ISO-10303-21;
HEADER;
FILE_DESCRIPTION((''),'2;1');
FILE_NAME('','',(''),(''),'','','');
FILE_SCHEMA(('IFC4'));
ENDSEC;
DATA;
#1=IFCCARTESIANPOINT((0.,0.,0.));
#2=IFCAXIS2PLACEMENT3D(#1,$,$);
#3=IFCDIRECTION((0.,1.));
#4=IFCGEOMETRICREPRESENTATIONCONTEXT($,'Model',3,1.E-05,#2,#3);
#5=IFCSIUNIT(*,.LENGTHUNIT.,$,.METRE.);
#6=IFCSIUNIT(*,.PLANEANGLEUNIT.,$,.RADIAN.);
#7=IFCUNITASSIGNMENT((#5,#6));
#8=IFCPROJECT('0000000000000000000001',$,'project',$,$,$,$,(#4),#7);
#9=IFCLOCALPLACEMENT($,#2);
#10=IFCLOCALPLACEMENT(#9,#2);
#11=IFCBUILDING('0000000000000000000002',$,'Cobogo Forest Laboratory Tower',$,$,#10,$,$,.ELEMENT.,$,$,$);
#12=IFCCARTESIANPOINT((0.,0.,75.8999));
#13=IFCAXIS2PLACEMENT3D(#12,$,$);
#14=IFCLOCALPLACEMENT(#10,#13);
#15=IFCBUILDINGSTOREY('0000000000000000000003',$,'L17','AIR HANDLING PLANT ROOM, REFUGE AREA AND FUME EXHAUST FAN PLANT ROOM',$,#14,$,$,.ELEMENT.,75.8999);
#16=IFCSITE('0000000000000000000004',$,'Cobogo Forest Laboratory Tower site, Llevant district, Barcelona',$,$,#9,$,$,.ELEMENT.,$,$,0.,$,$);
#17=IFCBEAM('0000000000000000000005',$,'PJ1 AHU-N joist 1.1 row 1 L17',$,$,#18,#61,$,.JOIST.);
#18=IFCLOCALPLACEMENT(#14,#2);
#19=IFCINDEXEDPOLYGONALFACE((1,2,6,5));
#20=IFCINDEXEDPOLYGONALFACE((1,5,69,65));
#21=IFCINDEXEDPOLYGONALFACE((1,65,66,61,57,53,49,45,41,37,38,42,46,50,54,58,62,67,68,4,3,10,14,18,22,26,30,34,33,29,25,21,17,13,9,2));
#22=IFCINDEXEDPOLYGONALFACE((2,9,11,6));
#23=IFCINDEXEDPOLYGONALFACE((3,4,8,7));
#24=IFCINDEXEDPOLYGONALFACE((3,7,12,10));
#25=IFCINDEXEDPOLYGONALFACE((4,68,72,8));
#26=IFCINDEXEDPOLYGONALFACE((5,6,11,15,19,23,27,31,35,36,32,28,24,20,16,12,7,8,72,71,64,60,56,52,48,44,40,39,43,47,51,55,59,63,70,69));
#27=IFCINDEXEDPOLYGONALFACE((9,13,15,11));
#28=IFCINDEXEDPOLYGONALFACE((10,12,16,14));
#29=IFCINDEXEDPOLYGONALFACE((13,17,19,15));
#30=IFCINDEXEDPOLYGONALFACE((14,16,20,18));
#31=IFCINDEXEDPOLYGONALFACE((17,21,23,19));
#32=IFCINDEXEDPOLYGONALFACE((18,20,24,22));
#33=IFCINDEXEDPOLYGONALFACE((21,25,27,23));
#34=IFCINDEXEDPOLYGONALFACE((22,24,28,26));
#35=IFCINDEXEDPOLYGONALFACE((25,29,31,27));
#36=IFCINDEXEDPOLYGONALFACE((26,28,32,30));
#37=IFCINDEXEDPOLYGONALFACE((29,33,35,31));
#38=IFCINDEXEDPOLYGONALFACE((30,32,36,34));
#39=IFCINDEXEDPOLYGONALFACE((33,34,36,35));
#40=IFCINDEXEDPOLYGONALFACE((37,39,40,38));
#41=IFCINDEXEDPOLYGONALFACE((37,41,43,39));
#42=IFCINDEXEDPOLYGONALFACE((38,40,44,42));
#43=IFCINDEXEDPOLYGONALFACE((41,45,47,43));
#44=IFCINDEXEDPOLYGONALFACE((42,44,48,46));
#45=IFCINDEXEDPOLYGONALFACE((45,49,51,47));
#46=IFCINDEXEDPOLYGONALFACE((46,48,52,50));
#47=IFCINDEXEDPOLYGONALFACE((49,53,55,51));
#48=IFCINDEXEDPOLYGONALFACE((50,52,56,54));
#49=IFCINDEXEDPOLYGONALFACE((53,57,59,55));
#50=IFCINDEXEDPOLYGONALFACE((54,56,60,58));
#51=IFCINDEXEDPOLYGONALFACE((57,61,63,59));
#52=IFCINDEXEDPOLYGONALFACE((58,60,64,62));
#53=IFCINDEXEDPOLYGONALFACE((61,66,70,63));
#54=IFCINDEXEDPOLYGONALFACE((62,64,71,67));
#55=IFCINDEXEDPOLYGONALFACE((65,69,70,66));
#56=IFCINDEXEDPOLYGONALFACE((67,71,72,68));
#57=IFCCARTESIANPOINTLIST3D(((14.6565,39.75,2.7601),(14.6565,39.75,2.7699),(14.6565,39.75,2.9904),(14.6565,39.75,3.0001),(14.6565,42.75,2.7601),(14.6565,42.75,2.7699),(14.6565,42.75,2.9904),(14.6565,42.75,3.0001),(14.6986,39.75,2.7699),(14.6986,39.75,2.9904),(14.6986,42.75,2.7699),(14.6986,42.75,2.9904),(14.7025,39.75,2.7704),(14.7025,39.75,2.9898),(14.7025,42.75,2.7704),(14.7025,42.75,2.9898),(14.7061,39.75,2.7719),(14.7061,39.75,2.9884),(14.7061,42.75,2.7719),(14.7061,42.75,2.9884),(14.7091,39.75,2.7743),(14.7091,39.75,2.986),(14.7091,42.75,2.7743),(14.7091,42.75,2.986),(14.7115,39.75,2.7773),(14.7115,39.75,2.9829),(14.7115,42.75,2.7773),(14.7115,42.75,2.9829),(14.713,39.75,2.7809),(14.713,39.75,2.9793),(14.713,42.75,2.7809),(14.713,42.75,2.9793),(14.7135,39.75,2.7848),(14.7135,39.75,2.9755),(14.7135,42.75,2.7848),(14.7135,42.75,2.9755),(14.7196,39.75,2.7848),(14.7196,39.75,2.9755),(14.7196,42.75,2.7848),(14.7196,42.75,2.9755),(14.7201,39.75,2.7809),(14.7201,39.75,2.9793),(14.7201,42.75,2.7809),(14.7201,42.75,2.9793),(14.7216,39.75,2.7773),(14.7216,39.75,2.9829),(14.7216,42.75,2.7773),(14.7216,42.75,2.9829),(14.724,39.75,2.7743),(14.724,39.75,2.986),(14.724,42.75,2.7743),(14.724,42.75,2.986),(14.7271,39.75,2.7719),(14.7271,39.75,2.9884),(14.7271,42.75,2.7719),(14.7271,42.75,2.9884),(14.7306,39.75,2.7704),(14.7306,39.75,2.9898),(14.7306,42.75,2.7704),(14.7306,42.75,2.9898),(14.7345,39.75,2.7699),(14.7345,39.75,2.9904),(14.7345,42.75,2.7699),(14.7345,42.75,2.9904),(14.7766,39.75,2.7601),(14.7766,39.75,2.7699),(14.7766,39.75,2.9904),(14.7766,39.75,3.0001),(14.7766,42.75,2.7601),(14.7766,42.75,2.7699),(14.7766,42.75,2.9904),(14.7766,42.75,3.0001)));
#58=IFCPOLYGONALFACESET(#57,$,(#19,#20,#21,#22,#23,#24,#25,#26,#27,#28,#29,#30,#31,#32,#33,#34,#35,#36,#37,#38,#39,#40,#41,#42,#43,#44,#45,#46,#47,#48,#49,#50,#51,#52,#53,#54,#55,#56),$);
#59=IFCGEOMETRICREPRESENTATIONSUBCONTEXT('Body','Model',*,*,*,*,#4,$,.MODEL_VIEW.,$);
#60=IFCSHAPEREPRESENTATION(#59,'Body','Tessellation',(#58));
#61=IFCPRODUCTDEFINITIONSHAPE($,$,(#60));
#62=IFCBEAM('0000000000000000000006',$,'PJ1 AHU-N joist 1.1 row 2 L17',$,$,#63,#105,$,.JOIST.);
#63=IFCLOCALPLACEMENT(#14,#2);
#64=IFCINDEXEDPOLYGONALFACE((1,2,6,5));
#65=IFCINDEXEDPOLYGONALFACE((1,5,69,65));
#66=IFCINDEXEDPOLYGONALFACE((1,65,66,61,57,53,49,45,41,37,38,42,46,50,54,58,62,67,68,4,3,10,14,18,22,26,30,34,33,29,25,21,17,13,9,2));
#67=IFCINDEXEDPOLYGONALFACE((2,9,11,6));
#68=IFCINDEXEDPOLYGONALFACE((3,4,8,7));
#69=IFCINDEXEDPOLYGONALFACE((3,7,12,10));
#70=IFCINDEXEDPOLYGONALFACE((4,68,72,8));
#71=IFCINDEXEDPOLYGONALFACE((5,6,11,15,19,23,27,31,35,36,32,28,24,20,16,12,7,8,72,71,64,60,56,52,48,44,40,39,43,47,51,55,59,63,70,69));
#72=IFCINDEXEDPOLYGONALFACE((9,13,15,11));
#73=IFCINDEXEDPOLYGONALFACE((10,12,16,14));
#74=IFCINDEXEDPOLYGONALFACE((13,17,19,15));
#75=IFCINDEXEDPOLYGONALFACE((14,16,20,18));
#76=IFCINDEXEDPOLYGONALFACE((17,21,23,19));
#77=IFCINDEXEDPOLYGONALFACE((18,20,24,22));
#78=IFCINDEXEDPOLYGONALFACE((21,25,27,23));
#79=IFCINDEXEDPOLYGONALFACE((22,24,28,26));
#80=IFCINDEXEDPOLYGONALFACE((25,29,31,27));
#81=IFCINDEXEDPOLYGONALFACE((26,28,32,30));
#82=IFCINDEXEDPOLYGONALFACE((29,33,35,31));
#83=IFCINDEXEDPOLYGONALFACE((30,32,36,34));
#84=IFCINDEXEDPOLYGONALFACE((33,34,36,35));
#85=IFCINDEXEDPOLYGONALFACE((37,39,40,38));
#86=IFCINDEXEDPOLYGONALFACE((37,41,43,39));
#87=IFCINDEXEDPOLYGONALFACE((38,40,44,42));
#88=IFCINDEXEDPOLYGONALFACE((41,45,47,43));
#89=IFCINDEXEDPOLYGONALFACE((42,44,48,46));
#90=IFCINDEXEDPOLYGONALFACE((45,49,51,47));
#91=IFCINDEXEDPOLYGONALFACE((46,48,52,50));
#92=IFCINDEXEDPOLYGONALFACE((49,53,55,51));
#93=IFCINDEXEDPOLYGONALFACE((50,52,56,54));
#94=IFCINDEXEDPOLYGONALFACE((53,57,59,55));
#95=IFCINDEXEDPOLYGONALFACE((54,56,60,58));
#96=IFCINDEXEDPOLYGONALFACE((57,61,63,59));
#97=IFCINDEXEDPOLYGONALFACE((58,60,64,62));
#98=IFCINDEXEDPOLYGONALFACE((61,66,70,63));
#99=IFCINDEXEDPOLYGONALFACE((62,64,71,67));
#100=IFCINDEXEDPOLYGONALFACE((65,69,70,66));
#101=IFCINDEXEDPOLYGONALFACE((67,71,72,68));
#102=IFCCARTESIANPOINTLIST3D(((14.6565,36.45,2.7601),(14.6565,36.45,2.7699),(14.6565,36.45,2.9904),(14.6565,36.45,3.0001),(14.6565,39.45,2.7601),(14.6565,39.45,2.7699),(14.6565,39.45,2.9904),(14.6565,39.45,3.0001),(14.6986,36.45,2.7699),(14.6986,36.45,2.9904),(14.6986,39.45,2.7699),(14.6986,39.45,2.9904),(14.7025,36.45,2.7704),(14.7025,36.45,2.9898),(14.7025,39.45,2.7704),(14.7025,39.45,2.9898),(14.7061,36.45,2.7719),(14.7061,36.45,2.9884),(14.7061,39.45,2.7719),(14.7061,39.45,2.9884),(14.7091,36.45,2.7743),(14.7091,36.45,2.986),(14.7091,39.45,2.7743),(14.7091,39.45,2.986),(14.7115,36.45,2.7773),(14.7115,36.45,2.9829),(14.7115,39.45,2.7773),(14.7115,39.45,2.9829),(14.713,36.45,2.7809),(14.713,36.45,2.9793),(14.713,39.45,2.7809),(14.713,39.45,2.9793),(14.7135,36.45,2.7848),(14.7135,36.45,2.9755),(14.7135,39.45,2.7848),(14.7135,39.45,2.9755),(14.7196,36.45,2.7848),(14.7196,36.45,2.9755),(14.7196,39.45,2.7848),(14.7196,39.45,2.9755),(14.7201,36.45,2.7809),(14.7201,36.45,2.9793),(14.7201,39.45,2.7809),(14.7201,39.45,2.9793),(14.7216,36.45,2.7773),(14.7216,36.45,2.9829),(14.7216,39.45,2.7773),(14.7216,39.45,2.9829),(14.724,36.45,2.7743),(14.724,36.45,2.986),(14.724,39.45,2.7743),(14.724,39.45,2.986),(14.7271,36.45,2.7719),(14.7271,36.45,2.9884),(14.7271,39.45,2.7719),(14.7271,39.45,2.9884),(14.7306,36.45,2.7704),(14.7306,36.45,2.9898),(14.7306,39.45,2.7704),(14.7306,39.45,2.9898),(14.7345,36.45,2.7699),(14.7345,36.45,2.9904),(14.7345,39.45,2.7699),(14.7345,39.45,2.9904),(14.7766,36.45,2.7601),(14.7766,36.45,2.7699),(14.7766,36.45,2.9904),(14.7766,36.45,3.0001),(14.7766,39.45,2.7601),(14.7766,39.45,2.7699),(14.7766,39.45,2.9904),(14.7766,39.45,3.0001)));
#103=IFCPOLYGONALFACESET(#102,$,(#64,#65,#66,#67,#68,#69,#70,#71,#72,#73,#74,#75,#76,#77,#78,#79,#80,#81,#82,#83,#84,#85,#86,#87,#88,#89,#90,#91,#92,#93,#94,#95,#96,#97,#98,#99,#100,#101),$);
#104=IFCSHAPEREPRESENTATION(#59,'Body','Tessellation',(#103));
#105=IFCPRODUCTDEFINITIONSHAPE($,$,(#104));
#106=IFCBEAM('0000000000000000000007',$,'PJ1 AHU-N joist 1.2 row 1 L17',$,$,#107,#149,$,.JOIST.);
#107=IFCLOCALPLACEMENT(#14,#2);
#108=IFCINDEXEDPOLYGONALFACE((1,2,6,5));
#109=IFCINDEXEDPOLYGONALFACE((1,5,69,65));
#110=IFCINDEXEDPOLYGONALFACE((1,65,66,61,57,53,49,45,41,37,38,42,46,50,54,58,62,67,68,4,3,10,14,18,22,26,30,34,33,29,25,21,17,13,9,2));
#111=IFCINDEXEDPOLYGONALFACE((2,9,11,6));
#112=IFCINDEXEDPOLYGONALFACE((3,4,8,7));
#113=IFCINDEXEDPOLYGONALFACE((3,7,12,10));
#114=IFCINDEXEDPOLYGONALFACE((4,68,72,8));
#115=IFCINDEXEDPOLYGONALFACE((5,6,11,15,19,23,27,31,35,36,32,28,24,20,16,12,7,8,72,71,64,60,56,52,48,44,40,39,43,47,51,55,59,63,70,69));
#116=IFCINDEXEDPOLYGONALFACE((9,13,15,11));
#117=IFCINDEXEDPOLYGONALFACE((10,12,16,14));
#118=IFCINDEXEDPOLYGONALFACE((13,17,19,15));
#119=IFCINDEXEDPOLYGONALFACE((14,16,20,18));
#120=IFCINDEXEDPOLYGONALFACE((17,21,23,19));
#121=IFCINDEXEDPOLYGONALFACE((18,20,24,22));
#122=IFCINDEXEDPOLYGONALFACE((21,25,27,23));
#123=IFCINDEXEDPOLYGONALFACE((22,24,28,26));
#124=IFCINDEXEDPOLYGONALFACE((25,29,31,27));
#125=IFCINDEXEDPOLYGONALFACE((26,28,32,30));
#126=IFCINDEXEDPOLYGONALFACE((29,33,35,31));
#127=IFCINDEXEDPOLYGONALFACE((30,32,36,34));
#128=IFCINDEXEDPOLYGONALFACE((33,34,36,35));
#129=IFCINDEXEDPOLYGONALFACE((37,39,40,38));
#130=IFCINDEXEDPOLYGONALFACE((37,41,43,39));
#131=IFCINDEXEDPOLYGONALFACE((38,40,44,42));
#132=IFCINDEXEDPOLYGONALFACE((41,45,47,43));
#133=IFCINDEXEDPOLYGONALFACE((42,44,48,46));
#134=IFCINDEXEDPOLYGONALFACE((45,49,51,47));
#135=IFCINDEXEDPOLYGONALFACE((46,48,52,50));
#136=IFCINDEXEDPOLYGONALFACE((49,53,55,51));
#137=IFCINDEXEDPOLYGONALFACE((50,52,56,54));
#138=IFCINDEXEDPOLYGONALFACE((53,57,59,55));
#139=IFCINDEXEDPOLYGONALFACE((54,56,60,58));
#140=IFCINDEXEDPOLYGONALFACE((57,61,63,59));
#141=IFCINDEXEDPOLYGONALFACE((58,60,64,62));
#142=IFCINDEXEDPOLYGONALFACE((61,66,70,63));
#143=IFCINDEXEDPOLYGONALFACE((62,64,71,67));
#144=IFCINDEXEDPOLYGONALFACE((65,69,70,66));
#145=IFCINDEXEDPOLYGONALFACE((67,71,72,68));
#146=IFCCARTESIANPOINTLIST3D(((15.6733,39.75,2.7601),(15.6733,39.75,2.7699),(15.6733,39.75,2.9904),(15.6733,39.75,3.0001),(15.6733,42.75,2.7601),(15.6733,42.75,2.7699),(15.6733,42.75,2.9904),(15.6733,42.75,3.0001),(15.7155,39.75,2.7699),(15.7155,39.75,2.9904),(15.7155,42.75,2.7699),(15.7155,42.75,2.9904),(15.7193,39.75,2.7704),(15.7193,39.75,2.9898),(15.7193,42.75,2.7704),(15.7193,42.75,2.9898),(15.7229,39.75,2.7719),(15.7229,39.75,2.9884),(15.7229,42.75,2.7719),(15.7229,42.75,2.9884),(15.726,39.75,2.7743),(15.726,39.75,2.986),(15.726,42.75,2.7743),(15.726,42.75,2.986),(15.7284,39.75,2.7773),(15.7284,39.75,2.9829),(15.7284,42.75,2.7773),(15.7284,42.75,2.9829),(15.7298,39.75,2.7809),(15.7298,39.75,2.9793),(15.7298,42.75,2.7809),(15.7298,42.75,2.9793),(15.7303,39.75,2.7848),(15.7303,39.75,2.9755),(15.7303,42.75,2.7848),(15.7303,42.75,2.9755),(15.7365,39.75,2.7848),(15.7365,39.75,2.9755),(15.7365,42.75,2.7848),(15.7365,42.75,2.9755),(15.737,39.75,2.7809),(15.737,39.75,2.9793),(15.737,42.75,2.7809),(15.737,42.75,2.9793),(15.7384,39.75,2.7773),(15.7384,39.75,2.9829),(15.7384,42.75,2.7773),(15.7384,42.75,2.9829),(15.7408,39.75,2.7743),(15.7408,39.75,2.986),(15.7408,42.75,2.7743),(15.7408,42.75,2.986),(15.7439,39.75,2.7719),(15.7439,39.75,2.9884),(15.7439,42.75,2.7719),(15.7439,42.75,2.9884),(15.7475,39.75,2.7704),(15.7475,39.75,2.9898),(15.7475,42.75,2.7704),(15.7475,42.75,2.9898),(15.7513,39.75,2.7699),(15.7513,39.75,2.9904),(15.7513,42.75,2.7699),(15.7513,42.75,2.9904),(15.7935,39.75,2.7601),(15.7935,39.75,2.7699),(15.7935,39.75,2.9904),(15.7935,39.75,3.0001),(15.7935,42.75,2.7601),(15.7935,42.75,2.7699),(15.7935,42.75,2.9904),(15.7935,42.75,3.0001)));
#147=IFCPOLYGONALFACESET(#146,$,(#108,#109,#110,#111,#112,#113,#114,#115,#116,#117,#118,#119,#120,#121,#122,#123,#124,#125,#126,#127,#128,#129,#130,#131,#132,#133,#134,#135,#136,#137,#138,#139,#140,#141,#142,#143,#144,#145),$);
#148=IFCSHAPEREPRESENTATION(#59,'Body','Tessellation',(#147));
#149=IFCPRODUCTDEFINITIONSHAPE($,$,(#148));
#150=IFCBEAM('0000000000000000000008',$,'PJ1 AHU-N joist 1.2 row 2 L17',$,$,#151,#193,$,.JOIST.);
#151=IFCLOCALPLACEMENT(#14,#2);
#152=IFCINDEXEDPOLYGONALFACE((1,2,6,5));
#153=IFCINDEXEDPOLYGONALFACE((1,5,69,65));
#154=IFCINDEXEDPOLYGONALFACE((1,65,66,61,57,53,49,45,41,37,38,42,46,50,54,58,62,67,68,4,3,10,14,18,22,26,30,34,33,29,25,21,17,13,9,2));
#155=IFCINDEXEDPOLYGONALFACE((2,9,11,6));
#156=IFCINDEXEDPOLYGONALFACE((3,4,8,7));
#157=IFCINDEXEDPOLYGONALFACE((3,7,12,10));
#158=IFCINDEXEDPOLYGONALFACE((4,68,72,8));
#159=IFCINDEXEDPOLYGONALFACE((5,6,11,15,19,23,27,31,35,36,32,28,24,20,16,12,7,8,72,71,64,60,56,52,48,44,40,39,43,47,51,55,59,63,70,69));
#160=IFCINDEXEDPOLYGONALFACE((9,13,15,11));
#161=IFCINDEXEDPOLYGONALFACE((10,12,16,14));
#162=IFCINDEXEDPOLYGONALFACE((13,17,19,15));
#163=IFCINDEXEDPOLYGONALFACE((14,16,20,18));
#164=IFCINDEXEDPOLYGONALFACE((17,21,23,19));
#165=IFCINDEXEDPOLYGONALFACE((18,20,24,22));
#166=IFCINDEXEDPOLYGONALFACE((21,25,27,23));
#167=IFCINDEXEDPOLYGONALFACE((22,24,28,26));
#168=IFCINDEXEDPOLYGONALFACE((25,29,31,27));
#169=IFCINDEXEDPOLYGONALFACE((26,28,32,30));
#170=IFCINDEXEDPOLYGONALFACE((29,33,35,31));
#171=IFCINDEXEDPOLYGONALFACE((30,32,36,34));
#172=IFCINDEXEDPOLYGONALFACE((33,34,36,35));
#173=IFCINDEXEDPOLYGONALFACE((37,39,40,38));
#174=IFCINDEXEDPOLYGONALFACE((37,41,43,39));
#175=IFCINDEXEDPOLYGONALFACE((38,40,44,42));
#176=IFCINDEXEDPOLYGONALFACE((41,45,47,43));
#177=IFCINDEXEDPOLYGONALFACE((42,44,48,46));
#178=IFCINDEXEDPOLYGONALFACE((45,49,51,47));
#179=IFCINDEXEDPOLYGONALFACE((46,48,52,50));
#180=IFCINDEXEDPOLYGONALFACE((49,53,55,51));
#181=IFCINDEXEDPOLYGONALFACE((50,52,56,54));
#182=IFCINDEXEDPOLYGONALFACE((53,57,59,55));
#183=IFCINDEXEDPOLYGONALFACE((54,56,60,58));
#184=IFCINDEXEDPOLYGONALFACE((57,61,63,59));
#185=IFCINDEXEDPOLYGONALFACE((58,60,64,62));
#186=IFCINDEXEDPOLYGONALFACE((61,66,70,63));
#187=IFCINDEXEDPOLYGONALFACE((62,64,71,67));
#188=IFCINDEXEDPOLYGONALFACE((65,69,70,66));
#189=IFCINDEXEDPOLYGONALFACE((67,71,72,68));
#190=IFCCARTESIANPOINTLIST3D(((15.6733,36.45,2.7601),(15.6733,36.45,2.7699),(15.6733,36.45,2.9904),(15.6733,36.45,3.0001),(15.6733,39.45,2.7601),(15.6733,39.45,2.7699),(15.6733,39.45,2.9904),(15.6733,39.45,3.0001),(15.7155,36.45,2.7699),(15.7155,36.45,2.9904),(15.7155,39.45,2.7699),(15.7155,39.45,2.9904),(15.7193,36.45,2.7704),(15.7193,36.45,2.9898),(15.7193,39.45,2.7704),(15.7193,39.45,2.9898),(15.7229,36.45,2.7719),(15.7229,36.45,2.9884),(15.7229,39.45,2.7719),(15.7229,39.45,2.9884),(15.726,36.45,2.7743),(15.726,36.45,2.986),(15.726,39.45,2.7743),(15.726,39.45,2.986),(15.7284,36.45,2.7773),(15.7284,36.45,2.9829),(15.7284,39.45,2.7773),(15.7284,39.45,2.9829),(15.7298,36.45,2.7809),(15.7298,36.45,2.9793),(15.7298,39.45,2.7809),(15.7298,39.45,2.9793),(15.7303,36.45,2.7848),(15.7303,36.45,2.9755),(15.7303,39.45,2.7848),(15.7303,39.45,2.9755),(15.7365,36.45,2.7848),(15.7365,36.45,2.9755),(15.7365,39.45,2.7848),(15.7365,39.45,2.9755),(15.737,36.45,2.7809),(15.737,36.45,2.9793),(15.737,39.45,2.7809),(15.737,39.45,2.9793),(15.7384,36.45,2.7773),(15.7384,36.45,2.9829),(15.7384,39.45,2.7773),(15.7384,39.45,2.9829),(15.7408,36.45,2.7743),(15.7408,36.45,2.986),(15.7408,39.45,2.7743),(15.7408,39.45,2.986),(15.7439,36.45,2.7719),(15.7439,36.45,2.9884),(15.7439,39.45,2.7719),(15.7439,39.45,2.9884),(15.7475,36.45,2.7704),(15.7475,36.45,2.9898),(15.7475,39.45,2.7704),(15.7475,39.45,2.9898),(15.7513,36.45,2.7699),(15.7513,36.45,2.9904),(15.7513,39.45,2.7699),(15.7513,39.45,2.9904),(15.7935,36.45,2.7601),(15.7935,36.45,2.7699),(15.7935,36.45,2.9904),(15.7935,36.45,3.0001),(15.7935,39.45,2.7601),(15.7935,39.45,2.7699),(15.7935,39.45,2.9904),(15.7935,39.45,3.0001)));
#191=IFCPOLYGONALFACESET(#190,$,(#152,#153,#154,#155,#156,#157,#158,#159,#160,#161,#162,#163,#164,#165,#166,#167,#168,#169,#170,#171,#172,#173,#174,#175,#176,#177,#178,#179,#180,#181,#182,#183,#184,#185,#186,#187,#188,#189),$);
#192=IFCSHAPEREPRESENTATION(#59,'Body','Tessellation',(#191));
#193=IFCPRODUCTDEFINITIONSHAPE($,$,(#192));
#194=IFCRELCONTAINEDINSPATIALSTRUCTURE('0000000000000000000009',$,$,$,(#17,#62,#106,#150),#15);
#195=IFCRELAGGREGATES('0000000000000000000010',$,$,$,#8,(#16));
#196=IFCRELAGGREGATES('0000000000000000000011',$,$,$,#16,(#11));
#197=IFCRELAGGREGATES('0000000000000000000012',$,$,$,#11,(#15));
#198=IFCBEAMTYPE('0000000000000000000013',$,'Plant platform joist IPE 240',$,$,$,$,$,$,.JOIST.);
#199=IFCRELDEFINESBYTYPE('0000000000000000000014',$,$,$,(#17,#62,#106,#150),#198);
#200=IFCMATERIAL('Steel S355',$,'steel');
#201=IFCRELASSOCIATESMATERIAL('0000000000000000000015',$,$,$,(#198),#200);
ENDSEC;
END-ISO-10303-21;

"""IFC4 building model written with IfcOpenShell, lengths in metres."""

from ifc_helpers import new_model, si_unit, direction, frame, origin, origin_2d, place, context, subcontext, project, spatial, i_section, extrude, material, material_profile, profile_set, type_object, element, save


model = new_model("IFC4")

# Units and contexts
model_context = context("Model", 3, precision=1e-05, world=origin(), true_north=direction((0.0, 1.0)))
body_context = subcontext(model_context, "Body", "Model", "MODEL_VIEW")
ifc_project = project(units=[si_unit("LENGTHUNIT", "METRE"), si_unit("PLANEANGLEUNIT", "RADIAN")], contexts=[model_context])

# Site, building, storey
site_placement = place(None, origin())
site = spatial("IfcSite", under=ifc_project, at=site_placement, Name="Cobogo Forest Laboratory Tower site, Llevant district, Barcelona", CompositionType="ELEMENT", RefElevation=0.0)
building_placement = place(site_placement, origin())
building = spatial("IfcBuilding", under=site, at=building_placement, Name="Cobogo Forest Laboratory Tower", CompositionType="ELEMENT")
storey_placement = place(building_placement, frame((0.0, 0.0, 75.8999)))
storey = spatial("IfcBuildingStorey", under=building, at=storey_placement, Name="L17", Description="AIR HANDLING PLANT ROOM, REFUGE AREA AND FUME EXHAUST FAN PLANT ROOM", CompositionType="ELEMENT", Elevation=75.8999)

# Beams
ifc_material_1 = material(Name="Steel S355", Category="steel")
ifc_material_profile_1 = material_profile(ifc_material_1, i_section(OverallWidth=0.1201, OverallDepth=0.24, WebThickness=0.0061, FlangeThickness=0.0098, FilletRadius=0.0149, at=origin_2d()), Name="IPE 240")
ifc_profile_set_1 = profile_set([ifc_material_profile_1], Name="Steel S355")
beam_type_1 = type_object("IfcBeamType", Name="Plant platform joist IPE 240", PredefinedType="JOIST", material=ifc_profile_set_1)
for number, where, z_axis, x_axis, name in (
    (1, (14.7166, 42.75, 2.8801), (0.0, -1.0, 0.0), (1.0, 0.0, 0.0), "PJ1 AHU-N joist 1.1 row 1 L17"),
    (2, (14.7166, 39.45, 2.8801), (0.0, -1.0, 0.0), (1.0, 0.0, 0.0), "PJ1 AHU-N joist 1.1 row 2 L17"),
    (3, (15.7334, 42.75, 2.8801), (0.0, -1.0, 0.0), (1.0, 0.0, 0.0), "PJ1 AHU-N joist 1.2 row 1 L17"),
    (4, (15.7334, 39.45, 2.8801), (0.0, -1.0, 0.0), (1.0, 0.0, 0.0), "PJ1 AHU-N joist 1.2 row 2 L17"),
):
    element("IfcBeam", number, at=place(storey_placement, frame(where, z_axis=z_axis, x_axis=x_axis)), inside=storey, type_object=beam_type_1, Name=name, PredefinedType="JOIST", context=body_context, shape_type="SweptSolid", body=[
        extrude(i_section(OverallWidth=0.1201, OverallDepth=0.24, WebThickness=0.0061, FlangeThickness=0.0098, FilletRadius=0.0149, at=origin_2d()), origin(), (0.0, 0.0, 1.0), 3.0),
    ])

save(model, "model.ifc")
